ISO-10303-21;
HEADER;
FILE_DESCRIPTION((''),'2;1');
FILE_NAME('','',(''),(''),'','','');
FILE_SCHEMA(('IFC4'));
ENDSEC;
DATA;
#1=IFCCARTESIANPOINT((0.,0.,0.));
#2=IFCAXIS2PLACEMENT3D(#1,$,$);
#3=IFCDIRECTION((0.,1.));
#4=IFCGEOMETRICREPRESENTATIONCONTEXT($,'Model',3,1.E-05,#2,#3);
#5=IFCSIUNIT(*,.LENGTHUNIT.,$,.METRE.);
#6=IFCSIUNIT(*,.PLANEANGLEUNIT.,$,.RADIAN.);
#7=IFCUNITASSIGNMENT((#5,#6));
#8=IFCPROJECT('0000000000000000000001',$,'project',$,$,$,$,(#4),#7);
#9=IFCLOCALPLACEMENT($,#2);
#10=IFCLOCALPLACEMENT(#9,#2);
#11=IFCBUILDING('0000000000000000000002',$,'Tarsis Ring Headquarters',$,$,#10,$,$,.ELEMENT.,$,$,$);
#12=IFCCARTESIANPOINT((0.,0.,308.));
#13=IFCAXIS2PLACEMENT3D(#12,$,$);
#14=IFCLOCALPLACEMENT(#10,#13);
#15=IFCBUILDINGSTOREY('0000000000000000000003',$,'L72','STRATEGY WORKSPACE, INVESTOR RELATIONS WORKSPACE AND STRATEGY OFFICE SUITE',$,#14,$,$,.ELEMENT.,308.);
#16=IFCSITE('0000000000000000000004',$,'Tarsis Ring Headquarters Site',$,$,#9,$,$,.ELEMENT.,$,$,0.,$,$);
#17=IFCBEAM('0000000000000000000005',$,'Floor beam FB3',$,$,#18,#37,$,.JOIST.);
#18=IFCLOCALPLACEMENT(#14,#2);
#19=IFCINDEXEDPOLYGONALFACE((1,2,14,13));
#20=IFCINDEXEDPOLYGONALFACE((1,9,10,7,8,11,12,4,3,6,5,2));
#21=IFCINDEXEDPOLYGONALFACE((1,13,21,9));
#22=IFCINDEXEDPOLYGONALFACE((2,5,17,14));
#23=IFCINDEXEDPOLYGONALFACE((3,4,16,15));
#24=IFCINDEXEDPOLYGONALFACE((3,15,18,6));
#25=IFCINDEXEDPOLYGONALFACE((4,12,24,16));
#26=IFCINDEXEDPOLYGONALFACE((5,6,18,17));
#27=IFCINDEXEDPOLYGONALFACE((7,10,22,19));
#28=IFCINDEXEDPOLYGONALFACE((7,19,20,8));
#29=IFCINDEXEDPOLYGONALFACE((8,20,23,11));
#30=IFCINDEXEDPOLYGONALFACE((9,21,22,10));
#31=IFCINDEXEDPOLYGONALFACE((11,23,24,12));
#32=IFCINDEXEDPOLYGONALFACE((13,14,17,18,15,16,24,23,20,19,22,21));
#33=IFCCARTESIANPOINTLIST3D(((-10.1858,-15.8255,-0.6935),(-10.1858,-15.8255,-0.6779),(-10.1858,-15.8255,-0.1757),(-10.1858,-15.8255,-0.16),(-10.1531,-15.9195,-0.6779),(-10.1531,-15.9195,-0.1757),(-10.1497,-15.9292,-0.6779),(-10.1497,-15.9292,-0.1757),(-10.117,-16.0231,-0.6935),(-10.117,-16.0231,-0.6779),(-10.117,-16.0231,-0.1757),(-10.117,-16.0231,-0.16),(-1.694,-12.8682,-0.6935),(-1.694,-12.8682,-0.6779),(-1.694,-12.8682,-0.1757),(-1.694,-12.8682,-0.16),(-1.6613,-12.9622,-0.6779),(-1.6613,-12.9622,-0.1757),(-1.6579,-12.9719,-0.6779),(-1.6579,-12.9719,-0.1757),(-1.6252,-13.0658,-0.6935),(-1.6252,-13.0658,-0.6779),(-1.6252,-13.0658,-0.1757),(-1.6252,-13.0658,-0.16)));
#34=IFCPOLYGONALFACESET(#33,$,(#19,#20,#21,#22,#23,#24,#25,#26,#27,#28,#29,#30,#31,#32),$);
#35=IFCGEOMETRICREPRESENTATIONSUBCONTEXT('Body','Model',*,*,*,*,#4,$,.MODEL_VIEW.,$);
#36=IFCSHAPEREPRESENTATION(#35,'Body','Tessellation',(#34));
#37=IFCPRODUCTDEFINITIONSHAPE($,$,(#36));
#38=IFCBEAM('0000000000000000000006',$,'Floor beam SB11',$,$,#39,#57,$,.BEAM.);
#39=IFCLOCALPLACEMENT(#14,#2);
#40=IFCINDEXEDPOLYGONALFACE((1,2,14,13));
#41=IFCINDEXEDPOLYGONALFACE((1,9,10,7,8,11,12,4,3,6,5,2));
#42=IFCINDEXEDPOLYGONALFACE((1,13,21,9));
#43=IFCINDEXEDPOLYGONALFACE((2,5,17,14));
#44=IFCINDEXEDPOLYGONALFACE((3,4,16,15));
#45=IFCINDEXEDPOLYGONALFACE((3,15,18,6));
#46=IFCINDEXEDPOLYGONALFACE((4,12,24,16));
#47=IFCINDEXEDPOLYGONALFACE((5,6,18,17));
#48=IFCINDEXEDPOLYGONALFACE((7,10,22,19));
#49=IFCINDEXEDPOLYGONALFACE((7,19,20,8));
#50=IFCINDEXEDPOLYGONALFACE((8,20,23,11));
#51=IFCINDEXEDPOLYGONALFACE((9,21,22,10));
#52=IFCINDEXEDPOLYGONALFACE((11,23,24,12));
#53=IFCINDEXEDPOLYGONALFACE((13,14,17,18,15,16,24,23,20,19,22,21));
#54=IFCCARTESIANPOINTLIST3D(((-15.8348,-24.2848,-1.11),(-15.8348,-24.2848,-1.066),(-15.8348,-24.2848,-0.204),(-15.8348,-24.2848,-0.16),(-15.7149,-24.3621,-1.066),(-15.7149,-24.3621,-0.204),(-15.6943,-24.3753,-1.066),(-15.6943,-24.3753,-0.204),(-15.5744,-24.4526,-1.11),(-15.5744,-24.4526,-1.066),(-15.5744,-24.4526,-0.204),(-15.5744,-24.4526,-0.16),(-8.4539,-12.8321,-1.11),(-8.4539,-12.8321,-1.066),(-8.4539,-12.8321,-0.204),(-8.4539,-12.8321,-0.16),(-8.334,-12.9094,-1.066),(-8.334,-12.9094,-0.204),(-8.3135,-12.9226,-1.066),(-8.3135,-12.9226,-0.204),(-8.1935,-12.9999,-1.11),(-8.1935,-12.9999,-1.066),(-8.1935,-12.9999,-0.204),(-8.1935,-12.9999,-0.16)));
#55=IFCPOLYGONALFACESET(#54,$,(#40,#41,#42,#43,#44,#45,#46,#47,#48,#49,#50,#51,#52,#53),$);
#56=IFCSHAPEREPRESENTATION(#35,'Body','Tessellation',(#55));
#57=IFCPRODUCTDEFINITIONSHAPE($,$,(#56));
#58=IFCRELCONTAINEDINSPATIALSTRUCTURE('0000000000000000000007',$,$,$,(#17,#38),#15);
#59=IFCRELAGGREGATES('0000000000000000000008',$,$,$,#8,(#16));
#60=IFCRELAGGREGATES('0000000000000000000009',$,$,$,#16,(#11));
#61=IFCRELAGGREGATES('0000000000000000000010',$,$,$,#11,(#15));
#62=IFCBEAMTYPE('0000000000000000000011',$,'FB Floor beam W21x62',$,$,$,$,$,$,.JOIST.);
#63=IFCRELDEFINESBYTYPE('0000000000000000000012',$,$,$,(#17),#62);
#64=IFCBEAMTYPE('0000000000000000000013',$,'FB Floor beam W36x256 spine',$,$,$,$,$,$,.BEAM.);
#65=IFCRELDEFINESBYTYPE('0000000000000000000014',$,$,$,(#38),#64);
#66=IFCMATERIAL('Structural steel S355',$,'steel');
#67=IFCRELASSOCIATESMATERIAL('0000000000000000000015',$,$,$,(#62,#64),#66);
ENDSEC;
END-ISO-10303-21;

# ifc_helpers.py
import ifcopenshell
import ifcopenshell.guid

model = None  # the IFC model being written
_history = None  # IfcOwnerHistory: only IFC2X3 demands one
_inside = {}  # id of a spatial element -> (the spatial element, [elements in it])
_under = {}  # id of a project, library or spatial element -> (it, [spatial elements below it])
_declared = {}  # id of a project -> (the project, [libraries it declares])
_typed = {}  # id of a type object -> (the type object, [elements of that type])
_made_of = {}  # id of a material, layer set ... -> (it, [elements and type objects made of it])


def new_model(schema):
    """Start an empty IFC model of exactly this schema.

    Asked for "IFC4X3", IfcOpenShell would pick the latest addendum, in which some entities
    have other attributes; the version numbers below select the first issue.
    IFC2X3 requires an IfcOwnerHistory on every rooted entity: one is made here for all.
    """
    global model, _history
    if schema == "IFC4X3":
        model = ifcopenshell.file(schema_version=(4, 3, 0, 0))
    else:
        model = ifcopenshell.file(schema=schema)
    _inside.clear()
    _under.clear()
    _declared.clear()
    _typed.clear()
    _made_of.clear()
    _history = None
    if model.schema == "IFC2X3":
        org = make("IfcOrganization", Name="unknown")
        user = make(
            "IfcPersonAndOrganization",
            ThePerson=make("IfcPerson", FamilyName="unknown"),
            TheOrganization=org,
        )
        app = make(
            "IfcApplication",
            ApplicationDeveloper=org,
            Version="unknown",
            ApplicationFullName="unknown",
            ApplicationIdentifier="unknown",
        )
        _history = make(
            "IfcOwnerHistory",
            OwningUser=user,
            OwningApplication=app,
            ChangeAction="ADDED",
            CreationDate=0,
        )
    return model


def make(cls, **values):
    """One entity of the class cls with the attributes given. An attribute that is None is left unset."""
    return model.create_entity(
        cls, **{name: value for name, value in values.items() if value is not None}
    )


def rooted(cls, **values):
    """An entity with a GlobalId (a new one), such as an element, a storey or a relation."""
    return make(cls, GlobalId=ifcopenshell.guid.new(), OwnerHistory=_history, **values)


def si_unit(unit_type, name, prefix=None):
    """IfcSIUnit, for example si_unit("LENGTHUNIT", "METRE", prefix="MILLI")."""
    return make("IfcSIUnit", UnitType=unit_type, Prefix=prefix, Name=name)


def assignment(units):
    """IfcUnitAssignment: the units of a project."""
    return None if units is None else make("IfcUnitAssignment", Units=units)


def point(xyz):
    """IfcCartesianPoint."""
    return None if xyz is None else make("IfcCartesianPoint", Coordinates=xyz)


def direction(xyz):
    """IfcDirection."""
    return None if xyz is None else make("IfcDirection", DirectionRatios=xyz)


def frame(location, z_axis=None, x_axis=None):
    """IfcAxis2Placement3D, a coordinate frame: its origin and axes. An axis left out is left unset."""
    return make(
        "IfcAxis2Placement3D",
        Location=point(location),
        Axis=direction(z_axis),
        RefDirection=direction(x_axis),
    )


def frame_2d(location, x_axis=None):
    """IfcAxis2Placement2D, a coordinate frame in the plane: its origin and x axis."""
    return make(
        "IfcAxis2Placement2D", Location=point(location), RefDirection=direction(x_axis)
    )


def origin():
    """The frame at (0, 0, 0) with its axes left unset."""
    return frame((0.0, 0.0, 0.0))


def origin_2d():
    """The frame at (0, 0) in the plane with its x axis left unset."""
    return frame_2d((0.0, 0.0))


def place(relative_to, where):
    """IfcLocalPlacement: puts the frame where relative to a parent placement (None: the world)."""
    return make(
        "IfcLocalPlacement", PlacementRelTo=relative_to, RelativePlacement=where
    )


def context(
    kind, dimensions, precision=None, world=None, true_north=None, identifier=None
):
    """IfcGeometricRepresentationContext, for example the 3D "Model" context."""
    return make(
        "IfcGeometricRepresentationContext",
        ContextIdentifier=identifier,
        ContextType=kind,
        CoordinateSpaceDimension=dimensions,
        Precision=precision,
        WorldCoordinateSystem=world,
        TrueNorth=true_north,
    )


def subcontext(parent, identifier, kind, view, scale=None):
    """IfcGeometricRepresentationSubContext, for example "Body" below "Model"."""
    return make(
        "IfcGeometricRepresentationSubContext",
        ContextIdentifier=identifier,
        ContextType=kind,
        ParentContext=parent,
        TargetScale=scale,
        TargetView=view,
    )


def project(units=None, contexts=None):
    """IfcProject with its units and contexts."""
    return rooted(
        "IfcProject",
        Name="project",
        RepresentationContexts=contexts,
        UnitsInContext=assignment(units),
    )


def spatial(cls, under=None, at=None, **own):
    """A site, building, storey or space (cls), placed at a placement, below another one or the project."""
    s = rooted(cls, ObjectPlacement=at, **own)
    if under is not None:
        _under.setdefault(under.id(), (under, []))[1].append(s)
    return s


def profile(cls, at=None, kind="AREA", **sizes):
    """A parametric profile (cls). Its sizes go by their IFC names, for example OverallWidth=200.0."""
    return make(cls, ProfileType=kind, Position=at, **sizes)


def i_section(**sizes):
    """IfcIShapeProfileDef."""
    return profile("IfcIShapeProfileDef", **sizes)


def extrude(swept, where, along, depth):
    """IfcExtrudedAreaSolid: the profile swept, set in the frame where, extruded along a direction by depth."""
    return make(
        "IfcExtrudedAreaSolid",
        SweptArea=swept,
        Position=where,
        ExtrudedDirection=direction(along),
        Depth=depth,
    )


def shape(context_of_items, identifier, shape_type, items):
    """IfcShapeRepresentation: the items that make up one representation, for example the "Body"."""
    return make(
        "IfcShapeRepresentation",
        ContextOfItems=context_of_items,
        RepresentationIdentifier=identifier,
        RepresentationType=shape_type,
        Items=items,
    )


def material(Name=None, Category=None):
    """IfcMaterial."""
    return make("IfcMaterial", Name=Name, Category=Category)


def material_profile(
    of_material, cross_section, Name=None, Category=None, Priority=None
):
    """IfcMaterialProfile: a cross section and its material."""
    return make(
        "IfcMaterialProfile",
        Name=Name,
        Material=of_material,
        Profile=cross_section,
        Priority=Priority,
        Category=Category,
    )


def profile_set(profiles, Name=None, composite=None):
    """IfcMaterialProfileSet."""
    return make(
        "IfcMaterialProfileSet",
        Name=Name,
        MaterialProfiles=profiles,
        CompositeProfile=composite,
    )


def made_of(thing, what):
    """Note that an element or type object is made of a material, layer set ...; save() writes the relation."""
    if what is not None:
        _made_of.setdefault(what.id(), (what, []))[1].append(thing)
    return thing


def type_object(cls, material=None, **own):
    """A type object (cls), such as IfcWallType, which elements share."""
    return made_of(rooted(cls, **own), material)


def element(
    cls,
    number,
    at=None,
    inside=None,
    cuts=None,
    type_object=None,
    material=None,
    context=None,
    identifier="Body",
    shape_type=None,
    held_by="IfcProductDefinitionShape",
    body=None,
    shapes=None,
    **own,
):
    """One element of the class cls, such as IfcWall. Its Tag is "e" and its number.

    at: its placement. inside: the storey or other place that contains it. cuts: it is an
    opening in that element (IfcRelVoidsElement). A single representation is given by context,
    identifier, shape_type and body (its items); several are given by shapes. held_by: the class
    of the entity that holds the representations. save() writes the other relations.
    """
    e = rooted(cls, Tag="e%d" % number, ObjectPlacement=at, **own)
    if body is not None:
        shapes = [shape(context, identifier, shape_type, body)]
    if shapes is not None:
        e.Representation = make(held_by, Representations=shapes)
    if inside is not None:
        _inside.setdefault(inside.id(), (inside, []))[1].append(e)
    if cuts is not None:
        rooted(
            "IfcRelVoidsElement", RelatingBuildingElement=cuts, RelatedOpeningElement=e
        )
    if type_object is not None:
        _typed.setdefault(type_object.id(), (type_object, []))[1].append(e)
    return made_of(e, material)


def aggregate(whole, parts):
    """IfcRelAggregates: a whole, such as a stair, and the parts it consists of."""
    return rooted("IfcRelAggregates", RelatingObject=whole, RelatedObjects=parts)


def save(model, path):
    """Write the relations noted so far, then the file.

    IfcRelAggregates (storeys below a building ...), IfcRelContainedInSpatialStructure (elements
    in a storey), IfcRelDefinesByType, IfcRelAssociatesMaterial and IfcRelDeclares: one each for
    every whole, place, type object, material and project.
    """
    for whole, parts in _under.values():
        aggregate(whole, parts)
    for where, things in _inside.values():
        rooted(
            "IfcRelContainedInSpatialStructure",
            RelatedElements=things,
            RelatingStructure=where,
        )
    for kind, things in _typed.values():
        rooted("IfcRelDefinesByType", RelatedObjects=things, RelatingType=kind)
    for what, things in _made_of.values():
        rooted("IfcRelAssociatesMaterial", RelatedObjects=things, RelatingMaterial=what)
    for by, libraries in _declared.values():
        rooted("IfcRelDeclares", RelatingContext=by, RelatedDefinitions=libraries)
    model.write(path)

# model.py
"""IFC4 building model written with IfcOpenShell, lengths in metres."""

from ifc_helpers import new_model, si_unit, direction, frame, origin, origin_2d, place, context, subcontext, project, spatial, i_section, extrude, material, material_profile, profile_set, type_object, element, save


model = new_model("IFC4")

# Units and contexts
model_context = context("Model", 3, precision=1e-05, world=origin(), true_north=direction((0.0, 1.0)))
body_context = subcontext(model_context, "Body", "Model", "MODEL_VIEW")
ifc_project = project(units=[si_unit("LENGTHUNIT", "METRE"), si_unit("PLANEANGLEUNIT", "RADIAN")], contexts=[model_context])

# Site, building, storey
site_placement = place(None, origin())
site = spatial("IfcSite", under=ifc_project, at=site_placement, Name="Tarsis Ring Headquarters Site", CompositionType="ELEMENT", RefElevation=0.0)
building_placement = place(site_placement, origin())
building = spatial("IfcBuilding", under=site, at=building_placement, Name="Tarsis Ring Headquarters", CompositionType="ELEMENT")
storey_placement = place(building_placement, frame((0.0, 0.0, 308.0)))
storey = spatial("IfcBuildingStorey", under=building, at=storey_placement, Name="L72", Description="STRATEGY WORKSPACE, INVESTOR RELATIONS WORKSPACE AND STRATEGY OFFICE SUITE", CompositionType="ELEMENT", Elevation=308.0)

# Beams
ifc_material_1 = material(Name="Structural steel S355", Category="steel")
ifc_material_profile_1 = material_profile(ifc_material_1, i_section(OverallWidth=0.2092, OverallDepth=0.5334, WebThickness=0.0103, FlangeThickness=0.0156, at=origin_2d()), Name="W21x62")
ifc_profile_set_1 = profile_set([ifc_material_profile_1], Name="Structural steel S355")
beam_type_1 = type_object("IfcBeamType", Name="FB Floor beam W21x62", PredefinedType="JOIST", material=ifc_profile_set_1)
beam_1_placement = place(storey_placement, frame((-10.1514, -15.9243, -0.4268), z_axis=(0.944371, 0.328882, 0.0), x_axis=(-0.328882, 0.944371, 0.0)))
element("IfcBeam", 1, at=beam_1_placement, inside=storey, type_object=beam_type_1, Name="Floor beam FB3", PredefinedType="JOIST", context=body_context, shape_type="SweptSolid", body=[
    extrude(i_section(OverallWidth=0.2092, OverallDepth=0.5334, WebThickness=0.0103, FlangeThickness=0.0156, at=origin_2d()), origin(), (0.0, 0.0, 1.0), 8.9919),
])
ifc_material_profile_2 = material_profile(ifc_material_1, i_section(OverallWidth=0.3098, OverallDepth=0.95, WebThickness=0.0244, FlangeThickness=0.0439, at=origin_2d()), Name="W36x256")
ifc_profile_set_2 = profile_set([ifc_material_profile_2], Name="Structural steel S355")
beam_type_2 = type_object("IfcBeamType", Name="FB Floor beam W36x256 spine", PredefinedType="BEAM", material=ifc_profile_set_2)
beam_2_placement = place(storey_placement, frame((-8.3237, -12.916, -0.635), z_axis=(-0.541715, -0.840562, 0.0), x_axis=(0.840562, -0.541715, 0.0)))
element("IfcBeam", 2, at=beam_2_placement, inside=storey, type_object=beam_type_2, Name="Floor beam SB11", PredefinedType="BEAM", context=body_context, shape_type="SweptSolid", body=[
    extrude(i_section(OverallWidth=0.3098, OverallDepth=0.95, WebThickness=0.0244, FlangeThickness=0.0439, at=origin_2d()), origin(), (0.0, 0.0, 1.0), 13.625),
])

save(model, "model.ifc")
